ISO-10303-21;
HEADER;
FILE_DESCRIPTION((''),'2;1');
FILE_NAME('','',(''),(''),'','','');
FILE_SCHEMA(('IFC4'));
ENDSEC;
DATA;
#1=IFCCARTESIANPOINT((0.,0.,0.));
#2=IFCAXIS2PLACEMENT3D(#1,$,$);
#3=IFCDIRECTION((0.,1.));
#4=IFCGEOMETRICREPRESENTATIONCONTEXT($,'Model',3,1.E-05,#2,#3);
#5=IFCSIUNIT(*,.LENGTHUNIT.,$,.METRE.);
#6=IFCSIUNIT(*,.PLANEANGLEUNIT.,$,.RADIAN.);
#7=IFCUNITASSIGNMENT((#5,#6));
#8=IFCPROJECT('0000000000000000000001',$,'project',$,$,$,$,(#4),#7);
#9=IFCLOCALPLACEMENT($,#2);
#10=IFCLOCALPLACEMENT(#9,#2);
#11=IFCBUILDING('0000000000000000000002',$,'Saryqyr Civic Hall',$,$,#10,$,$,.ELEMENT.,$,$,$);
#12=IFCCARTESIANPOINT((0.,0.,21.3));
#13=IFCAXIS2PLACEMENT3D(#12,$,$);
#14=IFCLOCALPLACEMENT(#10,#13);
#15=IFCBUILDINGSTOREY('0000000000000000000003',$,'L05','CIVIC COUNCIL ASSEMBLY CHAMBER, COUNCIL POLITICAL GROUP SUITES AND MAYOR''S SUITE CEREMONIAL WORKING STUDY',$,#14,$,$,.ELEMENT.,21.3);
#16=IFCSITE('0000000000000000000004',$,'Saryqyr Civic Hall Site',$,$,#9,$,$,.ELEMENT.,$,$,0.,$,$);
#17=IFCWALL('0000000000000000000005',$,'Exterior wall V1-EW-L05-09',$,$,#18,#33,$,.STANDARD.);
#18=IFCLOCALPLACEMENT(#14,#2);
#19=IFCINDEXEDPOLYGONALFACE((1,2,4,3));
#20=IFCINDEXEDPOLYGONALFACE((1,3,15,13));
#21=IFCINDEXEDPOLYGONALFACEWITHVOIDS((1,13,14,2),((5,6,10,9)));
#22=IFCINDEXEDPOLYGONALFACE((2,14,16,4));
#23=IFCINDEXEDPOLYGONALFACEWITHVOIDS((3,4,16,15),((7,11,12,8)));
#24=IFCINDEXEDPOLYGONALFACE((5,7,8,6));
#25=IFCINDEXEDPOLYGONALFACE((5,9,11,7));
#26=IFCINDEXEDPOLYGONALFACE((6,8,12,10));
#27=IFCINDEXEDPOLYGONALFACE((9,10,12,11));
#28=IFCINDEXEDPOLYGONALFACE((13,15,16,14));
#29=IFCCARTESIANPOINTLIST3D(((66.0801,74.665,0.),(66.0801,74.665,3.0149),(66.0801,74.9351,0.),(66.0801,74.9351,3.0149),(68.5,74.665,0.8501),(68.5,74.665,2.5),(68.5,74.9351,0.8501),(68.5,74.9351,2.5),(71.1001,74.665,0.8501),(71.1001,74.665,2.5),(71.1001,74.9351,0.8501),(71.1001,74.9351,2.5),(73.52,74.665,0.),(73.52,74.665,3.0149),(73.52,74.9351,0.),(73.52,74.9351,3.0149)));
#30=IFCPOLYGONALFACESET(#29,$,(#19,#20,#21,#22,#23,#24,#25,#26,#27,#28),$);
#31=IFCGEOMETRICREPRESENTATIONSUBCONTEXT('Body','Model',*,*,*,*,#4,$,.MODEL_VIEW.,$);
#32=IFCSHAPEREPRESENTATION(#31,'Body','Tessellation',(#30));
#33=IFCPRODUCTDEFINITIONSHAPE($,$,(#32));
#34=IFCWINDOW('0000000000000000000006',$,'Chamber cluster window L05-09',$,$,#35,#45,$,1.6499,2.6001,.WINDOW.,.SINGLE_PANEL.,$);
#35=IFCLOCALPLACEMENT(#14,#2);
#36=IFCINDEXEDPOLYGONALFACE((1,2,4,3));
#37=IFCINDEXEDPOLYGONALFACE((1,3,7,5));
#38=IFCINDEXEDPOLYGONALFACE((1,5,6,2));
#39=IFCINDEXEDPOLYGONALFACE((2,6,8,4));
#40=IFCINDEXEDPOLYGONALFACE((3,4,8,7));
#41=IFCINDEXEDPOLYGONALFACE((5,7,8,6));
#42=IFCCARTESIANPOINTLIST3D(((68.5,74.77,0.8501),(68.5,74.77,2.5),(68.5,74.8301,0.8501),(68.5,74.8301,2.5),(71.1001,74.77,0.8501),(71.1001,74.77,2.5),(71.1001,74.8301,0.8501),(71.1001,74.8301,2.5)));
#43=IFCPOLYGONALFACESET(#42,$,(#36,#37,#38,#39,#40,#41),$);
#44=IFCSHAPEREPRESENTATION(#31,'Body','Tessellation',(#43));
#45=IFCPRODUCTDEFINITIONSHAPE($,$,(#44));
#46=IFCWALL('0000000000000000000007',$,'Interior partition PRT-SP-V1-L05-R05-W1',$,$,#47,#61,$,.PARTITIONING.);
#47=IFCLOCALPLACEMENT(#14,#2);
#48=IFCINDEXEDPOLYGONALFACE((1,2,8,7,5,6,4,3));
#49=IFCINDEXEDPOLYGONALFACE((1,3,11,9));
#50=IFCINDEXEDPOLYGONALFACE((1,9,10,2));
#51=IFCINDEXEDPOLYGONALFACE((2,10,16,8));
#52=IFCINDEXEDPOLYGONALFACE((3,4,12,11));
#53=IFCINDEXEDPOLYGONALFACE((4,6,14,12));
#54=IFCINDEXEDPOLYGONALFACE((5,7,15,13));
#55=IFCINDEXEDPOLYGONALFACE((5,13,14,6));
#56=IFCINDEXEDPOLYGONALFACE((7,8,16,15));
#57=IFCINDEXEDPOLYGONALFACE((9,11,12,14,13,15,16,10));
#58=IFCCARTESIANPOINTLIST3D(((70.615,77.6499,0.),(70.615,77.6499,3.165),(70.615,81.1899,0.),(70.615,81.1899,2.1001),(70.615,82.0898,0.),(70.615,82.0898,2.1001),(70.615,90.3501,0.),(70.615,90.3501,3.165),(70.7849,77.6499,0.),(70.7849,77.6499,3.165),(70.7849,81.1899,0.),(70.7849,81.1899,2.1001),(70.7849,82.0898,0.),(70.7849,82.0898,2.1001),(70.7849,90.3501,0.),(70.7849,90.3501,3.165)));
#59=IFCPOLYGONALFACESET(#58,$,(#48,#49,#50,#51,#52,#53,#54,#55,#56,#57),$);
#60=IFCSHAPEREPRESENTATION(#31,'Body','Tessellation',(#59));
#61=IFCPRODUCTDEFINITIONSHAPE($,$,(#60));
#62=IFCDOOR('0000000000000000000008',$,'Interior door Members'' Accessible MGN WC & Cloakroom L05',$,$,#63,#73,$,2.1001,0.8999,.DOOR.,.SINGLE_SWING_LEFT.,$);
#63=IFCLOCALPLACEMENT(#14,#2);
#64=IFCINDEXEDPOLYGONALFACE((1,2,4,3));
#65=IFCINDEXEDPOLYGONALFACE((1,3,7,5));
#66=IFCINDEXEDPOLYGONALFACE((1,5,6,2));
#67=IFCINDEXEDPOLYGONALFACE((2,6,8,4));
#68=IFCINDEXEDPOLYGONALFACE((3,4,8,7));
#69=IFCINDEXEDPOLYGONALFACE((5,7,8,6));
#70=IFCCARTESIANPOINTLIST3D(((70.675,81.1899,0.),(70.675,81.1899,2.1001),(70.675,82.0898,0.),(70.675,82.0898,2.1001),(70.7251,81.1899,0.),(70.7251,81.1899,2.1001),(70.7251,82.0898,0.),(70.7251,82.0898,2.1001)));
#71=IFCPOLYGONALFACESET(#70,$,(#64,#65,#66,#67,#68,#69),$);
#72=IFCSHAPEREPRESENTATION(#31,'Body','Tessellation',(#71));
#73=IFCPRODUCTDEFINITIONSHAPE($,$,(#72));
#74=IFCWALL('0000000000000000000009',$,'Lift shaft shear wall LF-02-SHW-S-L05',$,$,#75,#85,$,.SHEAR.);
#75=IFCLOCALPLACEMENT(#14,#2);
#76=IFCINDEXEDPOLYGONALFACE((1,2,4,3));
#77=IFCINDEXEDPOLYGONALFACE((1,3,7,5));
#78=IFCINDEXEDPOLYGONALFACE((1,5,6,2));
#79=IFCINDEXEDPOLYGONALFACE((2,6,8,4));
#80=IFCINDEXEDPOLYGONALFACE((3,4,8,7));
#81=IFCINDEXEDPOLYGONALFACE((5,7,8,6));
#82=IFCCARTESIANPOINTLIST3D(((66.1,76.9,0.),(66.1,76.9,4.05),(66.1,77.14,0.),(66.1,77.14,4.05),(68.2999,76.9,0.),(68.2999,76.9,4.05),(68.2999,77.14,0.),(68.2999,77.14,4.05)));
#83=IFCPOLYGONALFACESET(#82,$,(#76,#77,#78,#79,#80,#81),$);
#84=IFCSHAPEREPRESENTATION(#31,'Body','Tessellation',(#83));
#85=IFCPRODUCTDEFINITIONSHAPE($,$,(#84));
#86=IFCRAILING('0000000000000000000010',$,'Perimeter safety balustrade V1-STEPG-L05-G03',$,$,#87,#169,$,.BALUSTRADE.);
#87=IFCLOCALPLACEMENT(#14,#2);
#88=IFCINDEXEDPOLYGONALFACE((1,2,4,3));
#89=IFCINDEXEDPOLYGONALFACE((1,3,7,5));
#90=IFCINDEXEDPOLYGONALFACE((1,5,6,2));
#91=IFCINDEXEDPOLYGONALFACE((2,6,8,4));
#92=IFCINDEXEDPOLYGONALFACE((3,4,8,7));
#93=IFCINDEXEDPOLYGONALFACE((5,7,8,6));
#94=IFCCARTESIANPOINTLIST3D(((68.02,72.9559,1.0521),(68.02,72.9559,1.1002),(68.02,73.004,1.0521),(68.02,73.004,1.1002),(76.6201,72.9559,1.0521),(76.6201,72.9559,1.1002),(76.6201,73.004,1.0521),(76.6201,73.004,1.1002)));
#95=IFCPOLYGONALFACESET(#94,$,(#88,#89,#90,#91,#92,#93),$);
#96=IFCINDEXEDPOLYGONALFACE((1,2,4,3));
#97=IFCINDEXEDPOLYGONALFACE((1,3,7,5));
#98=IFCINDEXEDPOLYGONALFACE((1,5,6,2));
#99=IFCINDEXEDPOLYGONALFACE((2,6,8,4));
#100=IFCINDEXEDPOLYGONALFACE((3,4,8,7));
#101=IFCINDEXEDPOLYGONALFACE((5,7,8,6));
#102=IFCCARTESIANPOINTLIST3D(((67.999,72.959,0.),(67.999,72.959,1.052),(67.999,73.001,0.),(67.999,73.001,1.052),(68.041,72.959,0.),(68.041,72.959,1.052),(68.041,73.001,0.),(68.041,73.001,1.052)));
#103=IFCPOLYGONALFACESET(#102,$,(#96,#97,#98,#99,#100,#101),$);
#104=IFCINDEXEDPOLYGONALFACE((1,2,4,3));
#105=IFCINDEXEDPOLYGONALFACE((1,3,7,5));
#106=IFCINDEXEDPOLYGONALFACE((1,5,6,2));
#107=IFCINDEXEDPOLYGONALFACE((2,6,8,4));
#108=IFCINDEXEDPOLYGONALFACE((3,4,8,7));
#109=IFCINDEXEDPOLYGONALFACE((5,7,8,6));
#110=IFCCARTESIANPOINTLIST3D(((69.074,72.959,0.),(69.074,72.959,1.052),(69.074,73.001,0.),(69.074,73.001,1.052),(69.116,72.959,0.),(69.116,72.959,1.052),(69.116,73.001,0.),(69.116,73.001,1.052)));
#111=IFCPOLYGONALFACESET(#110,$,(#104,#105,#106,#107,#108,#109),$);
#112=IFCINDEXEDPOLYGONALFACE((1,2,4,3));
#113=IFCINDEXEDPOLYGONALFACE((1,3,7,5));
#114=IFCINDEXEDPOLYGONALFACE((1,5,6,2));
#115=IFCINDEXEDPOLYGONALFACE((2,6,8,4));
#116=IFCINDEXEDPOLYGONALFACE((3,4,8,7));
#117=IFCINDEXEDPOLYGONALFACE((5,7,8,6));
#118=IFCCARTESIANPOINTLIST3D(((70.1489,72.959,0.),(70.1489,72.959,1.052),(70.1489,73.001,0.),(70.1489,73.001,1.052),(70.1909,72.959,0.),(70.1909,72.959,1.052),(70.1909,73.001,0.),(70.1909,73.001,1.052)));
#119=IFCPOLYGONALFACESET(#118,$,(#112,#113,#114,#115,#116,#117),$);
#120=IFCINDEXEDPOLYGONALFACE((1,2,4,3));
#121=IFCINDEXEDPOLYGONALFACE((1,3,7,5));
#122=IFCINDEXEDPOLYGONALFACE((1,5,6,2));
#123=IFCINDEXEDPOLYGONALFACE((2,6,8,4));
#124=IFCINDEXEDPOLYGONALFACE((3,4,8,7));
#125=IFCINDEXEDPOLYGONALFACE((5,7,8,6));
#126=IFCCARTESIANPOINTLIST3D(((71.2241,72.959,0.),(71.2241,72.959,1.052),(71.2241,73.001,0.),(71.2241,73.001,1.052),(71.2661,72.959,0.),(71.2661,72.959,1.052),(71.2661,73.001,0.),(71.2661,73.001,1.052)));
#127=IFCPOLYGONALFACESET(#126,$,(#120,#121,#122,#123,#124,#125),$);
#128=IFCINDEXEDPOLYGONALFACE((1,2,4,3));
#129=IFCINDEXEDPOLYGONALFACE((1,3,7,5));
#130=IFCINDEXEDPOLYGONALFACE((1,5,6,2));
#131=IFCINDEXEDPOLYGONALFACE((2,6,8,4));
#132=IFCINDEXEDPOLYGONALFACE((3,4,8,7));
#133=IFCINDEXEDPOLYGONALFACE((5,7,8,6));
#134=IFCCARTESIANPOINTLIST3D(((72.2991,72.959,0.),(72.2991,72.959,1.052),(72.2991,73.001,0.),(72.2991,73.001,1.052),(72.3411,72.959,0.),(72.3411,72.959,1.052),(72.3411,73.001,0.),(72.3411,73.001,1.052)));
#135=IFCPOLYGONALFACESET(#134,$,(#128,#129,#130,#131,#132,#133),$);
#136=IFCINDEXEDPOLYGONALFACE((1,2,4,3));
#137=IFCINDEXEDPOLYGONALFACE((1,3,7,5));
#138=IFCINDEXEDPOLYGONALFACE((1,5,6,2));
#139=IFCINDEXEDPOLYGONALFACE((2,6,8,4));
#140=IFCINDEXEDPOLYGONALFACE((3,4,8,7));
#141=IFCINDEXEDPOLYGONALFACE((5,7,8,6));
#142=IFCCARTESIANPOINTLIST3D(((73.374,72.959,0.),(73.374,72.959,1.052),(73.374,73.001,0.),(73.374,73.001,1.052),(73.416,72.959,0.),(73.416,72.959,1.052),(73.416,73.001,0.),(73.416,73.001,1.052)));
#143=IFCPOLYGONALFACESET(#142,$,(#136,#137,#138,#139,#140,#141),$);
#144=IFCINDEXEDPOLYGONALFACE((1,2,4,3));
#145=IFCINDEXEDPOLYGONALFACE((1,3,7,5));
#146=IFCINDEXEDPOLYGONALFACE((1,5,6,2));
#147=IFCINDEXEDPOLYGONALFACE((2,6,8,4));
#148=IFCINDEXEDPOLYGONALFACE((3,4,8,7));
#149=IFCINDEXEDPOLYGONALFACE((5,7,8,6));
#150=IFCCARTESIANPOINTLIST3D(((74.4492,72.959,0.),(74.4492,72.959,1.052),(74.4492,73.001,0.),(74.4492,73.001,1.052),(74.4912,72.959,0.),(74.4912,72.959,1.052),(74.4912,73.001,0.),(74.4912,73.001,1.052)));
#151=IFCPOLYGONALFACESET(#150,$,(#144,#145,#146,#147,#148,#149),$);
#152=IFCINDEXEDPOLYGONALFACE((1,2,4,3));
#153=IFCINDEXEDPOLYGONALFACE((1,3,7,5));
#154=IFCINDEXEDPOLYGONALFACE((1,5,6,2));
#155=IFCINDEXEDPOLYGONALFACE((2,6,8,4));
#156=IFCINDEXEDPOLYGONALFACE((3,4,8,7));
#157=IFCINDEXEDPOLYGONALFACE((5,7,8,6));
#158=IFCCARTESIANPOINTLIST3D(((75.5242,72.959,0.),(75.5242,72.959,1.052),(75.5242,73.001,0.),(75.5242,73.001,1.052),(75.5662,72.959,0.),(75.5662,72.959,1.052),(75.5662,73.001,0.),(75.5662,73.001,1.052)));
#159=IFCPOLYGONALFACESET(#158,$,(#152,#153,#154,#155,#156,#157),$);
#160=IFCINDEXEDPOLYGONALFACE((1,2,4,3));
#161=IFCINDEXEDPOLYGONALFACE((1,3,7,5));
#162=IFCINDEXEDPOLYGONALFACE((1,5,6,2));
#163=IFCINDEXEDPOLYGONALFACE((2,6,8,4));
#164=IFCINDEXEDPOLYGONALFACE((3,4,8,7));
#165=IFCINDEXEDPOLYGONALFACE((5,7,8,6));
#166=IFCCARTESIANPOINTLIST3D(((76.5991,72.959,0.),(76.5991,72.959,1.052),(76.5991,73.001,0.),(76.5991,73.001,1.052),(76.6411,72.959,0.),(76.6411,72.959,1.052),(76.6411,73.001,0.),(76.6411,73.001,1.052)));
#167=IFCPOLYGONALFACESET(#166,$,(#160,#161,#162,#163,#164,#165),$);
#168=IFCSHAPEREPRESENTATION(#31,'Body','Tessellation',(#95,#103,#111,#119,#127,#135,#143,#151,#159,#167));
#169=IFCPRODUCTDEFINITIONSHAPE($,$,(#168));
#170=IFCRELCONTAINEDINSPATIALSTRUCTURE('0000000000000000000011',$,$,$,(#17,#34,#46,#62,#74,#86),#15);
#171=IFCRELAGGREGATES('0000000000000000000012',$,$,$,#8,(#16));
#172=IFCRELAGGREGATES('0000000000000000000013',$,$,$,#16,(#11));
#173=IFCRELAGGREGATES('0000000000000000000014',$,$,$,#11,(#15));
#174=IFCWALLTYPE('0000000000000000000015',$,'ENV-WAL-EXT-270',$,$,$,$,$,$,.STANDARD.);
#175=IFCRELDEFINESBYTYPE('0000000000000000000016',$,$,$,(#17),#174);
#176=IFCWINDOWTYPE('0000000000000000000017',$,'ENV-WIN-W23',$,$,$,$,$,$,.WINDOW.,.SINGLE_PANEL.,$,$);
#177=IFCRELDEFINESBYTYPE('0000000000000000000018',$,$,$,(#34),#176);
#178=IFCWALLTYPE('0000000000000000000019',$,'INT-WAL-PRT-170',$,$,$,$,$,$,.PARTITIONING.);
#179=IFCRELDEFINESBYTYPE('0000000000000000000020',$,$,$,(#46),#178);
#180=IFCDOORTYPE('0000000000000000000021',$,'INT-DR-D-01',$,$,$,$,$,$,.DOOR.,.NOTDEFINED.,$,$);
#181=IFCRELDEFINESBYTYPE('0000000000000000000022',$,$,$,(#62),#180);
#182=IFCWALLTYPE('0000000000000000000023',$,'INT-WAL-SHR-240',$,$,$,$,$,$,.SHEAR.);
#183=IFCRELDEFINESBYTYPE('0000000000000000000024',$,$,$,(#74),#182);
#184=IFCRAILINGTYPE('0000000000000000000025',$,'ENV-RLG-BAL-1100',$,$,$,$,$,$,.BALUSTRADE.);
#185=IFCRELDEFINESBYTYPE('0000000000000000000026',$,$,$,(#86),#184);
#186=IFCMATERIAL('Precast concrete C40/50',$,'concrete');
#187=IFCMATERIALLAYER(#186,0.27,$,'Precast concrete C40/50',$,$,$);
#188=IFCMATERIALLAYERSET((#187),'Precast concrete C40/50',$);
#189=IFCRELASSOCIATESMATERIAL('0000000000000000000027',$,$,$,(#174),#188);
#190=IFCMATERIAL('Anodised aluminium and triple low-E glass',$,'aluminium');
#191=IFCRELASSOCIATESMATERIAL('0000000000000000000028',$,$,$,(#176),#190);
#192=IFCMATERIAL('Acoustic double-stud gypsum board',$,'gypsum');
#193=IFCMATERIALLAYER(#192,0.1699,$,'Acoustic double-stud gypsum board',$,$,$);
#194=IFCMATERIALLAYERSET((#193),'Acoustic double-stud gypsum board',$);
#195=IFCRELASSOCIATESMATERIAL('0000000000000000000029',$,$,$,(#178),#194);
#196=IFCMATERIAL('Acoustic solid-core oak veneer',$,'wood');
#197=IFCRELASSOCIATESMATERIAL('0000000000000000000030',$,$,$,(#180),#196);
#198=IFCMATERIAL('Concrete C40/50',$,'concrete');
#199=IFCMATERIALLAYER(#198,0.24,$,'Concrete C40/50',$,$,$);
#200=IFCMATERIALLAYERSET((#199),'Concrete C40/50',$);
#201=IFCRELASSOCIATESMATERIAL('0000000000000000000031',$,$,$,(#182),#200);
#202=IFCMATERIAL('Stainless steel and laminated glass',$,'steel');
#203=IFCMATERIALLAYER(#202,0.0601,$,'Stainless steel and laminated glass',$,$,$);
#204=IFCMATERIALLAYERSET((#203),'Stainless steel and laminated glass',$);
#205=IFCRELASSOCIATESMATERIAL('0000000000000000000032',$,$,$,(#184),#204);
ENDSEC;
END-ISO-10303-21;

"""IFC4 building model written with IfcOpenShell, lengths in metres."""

from ifc_helpers import new_model, si_unit, direction, frame, frame_2d, origin, origin_2d, place, context, subcontext, project, spatial, rectangle, extrude, material, layer, layer_set, type_object, element, fill, save


model = new_model("IFC4")

# Units and contexts
model_context = context("Model", 3, precision=1e-05, world=origin(), true_north=direction((0.0, 1.0)))
body_context = subcontext(model_context, "Body", "Model", "MODEL_VIEW")
ifc_project = project(units=[si_unit("LENGTHUNIT", "METRE"), si_unit("PLANEANGLEUNIT", "RADIAN")], contexts=[model_context])

# Site, building, storey
site_placement = place(None, origin())
site = spatial("IfcSite", under=ifc_project, at=site_placement, Name="Saryqyr Civic Hall Site", CompositionType="ELEMENT", RefElevation=0.0)
building_placement = place(site_placement, origin())
building = spatial("IfcBuilding", under=site, at=building_placement, Name="Saryqyr Civic Hall", CompositionType="ELEMENT")
storey_placement = place(building_placement, frame((0.0, 0.0, 21.3)))
storey = spatial("IfcBuildingStorey", under=building, at=storey_placement, Name="L05", Description="CIVIC COUNCIL ASSEMBLY CHAMBER, COUNCIL POLITICAL GROUP SUITES AND MAYOR'S SUITE CEREMONIAL WORKING STUDY", CompositionType="ELEMENT", Elevation=21.3)

# Shared definitions
ifc_material_1 = material(Name="Concrete C40/50", Category="concrete")

# Shared definitions
ifc_material_2 = material(Name="Anodised aluminium and triple low-E glass", Category="aluminium")

# Wall, opening, window
ifc_material_3 = material(Name="Precast concrete C40/50", Category="concrete")
ifc_layer_1 = layer(ifc_material_3, 0.27, Name="Precast concrete C40/50")
ifc_layer_set_1 = layer_set([ifc_layer_1], Name="Precast concrete C40/50")
wall_type_1 = type_object("IfcWallType", Name="ENV-WAL-EXT-270", PredefinedType="STANDARD", material=ifc_layer_set_1)
wall_1_placement = place(storey_placement, frame((73.52, 74.8, 0.0), z_axis=(0.0, 0.0, 1.0), x_axis=(-1.0, 0.0, 0.0)))
wall_1 = element("IfcWall", 1, at=wall_1_placement, inside=storey, type_object=wall_type_1, Name="Exterior wall V1-EW-L05-09", PredefinedType="STANDARD", context=body_context, shape_type="SweptSolid", body=[
    extrude(rectangle(XDim=7.4399, YDim=0.27, at=frame_2d((3.72, 0.0))), origin(), (0.0, 0.0, 1.0), 3.0149),
])
opening_1_placement = place(wall_1_placement, frame((2.4199, 0.0, 0.8501)))
opening_1 = element("IfcOpeningElement", 2, at=opening_1_placement, cuts=wall_1, PredefinedType="OPENING", context=body_context, shape_type="SweptSolid", body=[
    extrude(rectangle(XDim=2.6001, YDim=1.6499, at=frame_2d((1.3, 0.825))), frame((0.0, 0.145, 0.0), z_axis=(0.0, -1.0, 0.0), x_axis=(1.0, 0.0, 0.0)), (0.0, 0.0, 1.0), 0.29),
])
window_type = type_object("IfcWindowType", Name="ENV-WIN-W23", PartitioningType="SINGLE_PANEL", PredefinedType="WINDOW", material=ifc_material_2)
window_placement = place(opening_1_placement, origin())
window = element("IfcWindow", 3, at=window_placement, inside=storey, type_object=window_type, Name="Chamber cluster window L05-09", OverallHeight=1.6499, OverallWidth=2.6001, PartitioningType="SINGLE_PANEL", PredefinedType="WINDOW", context=body_context, shape_type="SweptSolid", body=[
    extrude(rectangle(XDim=2.6001, YDim=1.6499, at=frame_2d((1.3, 0.825))), frame((0.0, 0.03, 0.0), z_axis=(0.0, -1.0, 0.0), x_axis=(1.0, 0.0, 0.0)), (0.0, 0.0, 1.0), 0.0601),
])
fill(opening_1, window)

# Wall, opening, door
ifc_material_4 = material(Name="Acoustic double-stud gypsum board", Category="gypsum")
ifc_layer_2 = layer(ifc_material_4, 0.1699, Name="Acoustic double-stud gypsum board")
ifc_layer_set_2 = layer_set([ifc_layer_2], Name="Acoustic double-stud gypsum board")
wall_type_2 = type_object("IfcWallType", Name="INT-WAL-PRT-170", PredefinedType="PARTITIONING", material=ifc_layer_set_2)
wall_2_placement = place(storey_placement, frame((70.7, 77.6499, 0.0), z_axis=(0.0, 0.0, 1.0), x_axis=(0.0, 1.0, 0.0)))
wall_2 = element("IfcWall", 4, at=wall_2_placement, inside=storey, type_object=wall_type_2, Name="Interior partition PRT-SP-V1-L05-R05-W1", PredefinedType="PARTITIONING", context=body_context, shape_type="SweptSolid", body=[
    extrude(rectangle(XDim=12.7002, YDim=0.1699, at=frame_2d((6.3501, 0.0))), origin(), (0.0, 0.0, 1.0), 3.165),
])
opening_2_placement = place(wall_2_placement, frame((3.54, 0.0, 0.0)))
opening_2 = element("IfcOpeningElement", 5, at=opening_2_placement, cuts=wall_2, PredefinedType="OPENING", context=body_context, shape_type="SweptSolid", body=[
    extrude(rectangle(XDim=0.8999, YDim=2.1001, at=frame_2d((0.45, 1.05))), frame((0.0, 0.095, 0.0), z_axis=(0.0, -1.0, 0.0), x_axis=(1.0, 0.0, 0.0)), (0.0, 0.0, 1.0), 0.1899),
])
ifc_material_5 = material(Name="Acoustic solid-core oak veneer", Category="wood")
door_type = type_object("IfcDoorType", Name="INT-DR-D-01", OperationType="NOTDEFINED", PredefinedType="DOOR", material=ifc_material_5)
door_placement = place(opening_2_placement, origin())
door = element("IfcDoor", 6, at=door_placement, inside=storey, type_object=door_type, Name="Interior door Members' Accessible MGN WC & Cloakroom L05", OperationType="SINGLE_SWING_LEFT", OverallHeight=2.1001, OverallWidth=0.8999, PredefinedType="DOOR", context=body_context, shape_type="SweptSolid", body=[
    extrude(rectangle(XDim=0.8999, YDim=2.1001, at=frame_2d((0.45, 1.05))), frame((0.0, 0.0249, 0.0), z_axis=(0.0, -1.0, 0.0), x_axis=(1.0, 0.0, 0.0)), (0.0, 0.0, 1.0), 0.05),
])
fill(opening_2, door)

# Wall
ifc_layer_3 = layer(ifc_material_1, 0.24, Name="Concrete C40/50")
ifc_layer_set_3 = layer_set([ifc_layer_3], Name="Concrete C40/50")
wall_type_3 = type_object("IfcWallType", Name="INT-WAL-SHR-240", PredefinedType="SHEAR", material=ifc_layer_set_3)
wall_3_placement = place(storey_placement, frame((68.3, 77.02, 0.0), z_axis=(0.0, 0.0, 1.0), x_axis=(-1.0, 0.0, 0.0)))
element("IfcWall", 7, at=wall_3_placement, inside=storey, type_object=wall_type_3, Name="Lift shaft shear wall LF-02-SHW-S-L05", PredefinedType="SHEAR", context=body_context, shape_type="SweptSolid", body=[
    extrude(rectangle(XDim=2.2, YDim=0.24, at=frame_2d((1.1001, 0.0))), origin(), (0.0, 0.0, 1.0), 4.05),
])

# Railing
ifc_material_6 = material(Name="Stainless steel and laminated glass", Category="steel")
ifc_layer_4 = layer(ifc_material_6, 0.0601, Name="Stainless steel and laminated glass")
ifc_layer_set_4 = layer_set([ifc_layer_4], Name="Stainless steel and laminated glass")
railing_type_1 = type_object("IfcRailingType", Name="ENV-RLG-BAL-1100", PredefinedType="BALUSTRADE", material=ifc_layer_set_4)
railing_1_placement = place(storey_placement, frame((68.02, 72.98, 0.0)))
element("IfcRailing", 8, at=railing_1_placement, inside=storey, type_object=railing_type_1, Name="Perimeter safety balustrade V1-STEPG-L05-G03", PredefinedType="BALUSTRADE", context=body_context, shape_type="SweptSolid", body=[
    extrude(rectangle(XDim=0.0481, YDim=0.0481, at=origin_2d()), frame((0.0, 0.0, 1.0762), z_axis=(1.0, 0.0, 0.0), x_axis=(0.0, 1.0, 0.0)), (0.0, 0.0, 1.0), 8.6001),
    extrude(rectangle(XDim=0.042, YDim=0.042, at=origin_2d()), origin(), (0.0, 0.0, 1.0), 1.052),
    extrude(rectangle(XDim=0.042, YDim=0.042, at=origin_2d()), frame((1.075, 0.0, 0.0)), (0.0, 0.0, 1.0), 1.052),
    extrude(rectangle(XDim=0.042, YDim=0.042, at=origin_2d()), frame((2.1499, 0.0, 0.0)), (0.0, 0.0, 1.0), 1.052),
    extrude(rectangle(XDim=0.042, YDim=0.042, at=origin_2d()), frame((3.2251, 0.0, 0.0)), (0.0, 0.0, 1.0), 1.052),
    extrude(rectangle(XDim=0.042, YDim=0.042, at=origin_2d()), frame((4.3, 0.0, 0.0)), (0.0, 0.0, 1.0), 1.052),
    extrude(rectangle(XDim=0.042, YDim=0.042, at=origin_2d()), frame((5.375, 0.0, 0.0)), (0.0, 0.0, 1.0), 1.052),
    extrude(rectangle(XDim=0.042, YDim=0.042, at=origin_2d()), frame((6.4502, 0.0, 0.0)), (0.0, 0.0, 1.0), 1.052),
    extrude(rectangle(XDim=0.042, YDim=0.042, at=origin_2d()), frame((7.5251, 0.0, 0.0)), (0.0, 0.0, 1.0), 1.052),
    extrude(rectangle(XDim=0.042, YDim=0.042, at=origin_2d()), frame((8.6001, 0.0, 0.0)), (0.0, 0.0, 1.0), 1.052),
])

save(model, "model.ifc")
